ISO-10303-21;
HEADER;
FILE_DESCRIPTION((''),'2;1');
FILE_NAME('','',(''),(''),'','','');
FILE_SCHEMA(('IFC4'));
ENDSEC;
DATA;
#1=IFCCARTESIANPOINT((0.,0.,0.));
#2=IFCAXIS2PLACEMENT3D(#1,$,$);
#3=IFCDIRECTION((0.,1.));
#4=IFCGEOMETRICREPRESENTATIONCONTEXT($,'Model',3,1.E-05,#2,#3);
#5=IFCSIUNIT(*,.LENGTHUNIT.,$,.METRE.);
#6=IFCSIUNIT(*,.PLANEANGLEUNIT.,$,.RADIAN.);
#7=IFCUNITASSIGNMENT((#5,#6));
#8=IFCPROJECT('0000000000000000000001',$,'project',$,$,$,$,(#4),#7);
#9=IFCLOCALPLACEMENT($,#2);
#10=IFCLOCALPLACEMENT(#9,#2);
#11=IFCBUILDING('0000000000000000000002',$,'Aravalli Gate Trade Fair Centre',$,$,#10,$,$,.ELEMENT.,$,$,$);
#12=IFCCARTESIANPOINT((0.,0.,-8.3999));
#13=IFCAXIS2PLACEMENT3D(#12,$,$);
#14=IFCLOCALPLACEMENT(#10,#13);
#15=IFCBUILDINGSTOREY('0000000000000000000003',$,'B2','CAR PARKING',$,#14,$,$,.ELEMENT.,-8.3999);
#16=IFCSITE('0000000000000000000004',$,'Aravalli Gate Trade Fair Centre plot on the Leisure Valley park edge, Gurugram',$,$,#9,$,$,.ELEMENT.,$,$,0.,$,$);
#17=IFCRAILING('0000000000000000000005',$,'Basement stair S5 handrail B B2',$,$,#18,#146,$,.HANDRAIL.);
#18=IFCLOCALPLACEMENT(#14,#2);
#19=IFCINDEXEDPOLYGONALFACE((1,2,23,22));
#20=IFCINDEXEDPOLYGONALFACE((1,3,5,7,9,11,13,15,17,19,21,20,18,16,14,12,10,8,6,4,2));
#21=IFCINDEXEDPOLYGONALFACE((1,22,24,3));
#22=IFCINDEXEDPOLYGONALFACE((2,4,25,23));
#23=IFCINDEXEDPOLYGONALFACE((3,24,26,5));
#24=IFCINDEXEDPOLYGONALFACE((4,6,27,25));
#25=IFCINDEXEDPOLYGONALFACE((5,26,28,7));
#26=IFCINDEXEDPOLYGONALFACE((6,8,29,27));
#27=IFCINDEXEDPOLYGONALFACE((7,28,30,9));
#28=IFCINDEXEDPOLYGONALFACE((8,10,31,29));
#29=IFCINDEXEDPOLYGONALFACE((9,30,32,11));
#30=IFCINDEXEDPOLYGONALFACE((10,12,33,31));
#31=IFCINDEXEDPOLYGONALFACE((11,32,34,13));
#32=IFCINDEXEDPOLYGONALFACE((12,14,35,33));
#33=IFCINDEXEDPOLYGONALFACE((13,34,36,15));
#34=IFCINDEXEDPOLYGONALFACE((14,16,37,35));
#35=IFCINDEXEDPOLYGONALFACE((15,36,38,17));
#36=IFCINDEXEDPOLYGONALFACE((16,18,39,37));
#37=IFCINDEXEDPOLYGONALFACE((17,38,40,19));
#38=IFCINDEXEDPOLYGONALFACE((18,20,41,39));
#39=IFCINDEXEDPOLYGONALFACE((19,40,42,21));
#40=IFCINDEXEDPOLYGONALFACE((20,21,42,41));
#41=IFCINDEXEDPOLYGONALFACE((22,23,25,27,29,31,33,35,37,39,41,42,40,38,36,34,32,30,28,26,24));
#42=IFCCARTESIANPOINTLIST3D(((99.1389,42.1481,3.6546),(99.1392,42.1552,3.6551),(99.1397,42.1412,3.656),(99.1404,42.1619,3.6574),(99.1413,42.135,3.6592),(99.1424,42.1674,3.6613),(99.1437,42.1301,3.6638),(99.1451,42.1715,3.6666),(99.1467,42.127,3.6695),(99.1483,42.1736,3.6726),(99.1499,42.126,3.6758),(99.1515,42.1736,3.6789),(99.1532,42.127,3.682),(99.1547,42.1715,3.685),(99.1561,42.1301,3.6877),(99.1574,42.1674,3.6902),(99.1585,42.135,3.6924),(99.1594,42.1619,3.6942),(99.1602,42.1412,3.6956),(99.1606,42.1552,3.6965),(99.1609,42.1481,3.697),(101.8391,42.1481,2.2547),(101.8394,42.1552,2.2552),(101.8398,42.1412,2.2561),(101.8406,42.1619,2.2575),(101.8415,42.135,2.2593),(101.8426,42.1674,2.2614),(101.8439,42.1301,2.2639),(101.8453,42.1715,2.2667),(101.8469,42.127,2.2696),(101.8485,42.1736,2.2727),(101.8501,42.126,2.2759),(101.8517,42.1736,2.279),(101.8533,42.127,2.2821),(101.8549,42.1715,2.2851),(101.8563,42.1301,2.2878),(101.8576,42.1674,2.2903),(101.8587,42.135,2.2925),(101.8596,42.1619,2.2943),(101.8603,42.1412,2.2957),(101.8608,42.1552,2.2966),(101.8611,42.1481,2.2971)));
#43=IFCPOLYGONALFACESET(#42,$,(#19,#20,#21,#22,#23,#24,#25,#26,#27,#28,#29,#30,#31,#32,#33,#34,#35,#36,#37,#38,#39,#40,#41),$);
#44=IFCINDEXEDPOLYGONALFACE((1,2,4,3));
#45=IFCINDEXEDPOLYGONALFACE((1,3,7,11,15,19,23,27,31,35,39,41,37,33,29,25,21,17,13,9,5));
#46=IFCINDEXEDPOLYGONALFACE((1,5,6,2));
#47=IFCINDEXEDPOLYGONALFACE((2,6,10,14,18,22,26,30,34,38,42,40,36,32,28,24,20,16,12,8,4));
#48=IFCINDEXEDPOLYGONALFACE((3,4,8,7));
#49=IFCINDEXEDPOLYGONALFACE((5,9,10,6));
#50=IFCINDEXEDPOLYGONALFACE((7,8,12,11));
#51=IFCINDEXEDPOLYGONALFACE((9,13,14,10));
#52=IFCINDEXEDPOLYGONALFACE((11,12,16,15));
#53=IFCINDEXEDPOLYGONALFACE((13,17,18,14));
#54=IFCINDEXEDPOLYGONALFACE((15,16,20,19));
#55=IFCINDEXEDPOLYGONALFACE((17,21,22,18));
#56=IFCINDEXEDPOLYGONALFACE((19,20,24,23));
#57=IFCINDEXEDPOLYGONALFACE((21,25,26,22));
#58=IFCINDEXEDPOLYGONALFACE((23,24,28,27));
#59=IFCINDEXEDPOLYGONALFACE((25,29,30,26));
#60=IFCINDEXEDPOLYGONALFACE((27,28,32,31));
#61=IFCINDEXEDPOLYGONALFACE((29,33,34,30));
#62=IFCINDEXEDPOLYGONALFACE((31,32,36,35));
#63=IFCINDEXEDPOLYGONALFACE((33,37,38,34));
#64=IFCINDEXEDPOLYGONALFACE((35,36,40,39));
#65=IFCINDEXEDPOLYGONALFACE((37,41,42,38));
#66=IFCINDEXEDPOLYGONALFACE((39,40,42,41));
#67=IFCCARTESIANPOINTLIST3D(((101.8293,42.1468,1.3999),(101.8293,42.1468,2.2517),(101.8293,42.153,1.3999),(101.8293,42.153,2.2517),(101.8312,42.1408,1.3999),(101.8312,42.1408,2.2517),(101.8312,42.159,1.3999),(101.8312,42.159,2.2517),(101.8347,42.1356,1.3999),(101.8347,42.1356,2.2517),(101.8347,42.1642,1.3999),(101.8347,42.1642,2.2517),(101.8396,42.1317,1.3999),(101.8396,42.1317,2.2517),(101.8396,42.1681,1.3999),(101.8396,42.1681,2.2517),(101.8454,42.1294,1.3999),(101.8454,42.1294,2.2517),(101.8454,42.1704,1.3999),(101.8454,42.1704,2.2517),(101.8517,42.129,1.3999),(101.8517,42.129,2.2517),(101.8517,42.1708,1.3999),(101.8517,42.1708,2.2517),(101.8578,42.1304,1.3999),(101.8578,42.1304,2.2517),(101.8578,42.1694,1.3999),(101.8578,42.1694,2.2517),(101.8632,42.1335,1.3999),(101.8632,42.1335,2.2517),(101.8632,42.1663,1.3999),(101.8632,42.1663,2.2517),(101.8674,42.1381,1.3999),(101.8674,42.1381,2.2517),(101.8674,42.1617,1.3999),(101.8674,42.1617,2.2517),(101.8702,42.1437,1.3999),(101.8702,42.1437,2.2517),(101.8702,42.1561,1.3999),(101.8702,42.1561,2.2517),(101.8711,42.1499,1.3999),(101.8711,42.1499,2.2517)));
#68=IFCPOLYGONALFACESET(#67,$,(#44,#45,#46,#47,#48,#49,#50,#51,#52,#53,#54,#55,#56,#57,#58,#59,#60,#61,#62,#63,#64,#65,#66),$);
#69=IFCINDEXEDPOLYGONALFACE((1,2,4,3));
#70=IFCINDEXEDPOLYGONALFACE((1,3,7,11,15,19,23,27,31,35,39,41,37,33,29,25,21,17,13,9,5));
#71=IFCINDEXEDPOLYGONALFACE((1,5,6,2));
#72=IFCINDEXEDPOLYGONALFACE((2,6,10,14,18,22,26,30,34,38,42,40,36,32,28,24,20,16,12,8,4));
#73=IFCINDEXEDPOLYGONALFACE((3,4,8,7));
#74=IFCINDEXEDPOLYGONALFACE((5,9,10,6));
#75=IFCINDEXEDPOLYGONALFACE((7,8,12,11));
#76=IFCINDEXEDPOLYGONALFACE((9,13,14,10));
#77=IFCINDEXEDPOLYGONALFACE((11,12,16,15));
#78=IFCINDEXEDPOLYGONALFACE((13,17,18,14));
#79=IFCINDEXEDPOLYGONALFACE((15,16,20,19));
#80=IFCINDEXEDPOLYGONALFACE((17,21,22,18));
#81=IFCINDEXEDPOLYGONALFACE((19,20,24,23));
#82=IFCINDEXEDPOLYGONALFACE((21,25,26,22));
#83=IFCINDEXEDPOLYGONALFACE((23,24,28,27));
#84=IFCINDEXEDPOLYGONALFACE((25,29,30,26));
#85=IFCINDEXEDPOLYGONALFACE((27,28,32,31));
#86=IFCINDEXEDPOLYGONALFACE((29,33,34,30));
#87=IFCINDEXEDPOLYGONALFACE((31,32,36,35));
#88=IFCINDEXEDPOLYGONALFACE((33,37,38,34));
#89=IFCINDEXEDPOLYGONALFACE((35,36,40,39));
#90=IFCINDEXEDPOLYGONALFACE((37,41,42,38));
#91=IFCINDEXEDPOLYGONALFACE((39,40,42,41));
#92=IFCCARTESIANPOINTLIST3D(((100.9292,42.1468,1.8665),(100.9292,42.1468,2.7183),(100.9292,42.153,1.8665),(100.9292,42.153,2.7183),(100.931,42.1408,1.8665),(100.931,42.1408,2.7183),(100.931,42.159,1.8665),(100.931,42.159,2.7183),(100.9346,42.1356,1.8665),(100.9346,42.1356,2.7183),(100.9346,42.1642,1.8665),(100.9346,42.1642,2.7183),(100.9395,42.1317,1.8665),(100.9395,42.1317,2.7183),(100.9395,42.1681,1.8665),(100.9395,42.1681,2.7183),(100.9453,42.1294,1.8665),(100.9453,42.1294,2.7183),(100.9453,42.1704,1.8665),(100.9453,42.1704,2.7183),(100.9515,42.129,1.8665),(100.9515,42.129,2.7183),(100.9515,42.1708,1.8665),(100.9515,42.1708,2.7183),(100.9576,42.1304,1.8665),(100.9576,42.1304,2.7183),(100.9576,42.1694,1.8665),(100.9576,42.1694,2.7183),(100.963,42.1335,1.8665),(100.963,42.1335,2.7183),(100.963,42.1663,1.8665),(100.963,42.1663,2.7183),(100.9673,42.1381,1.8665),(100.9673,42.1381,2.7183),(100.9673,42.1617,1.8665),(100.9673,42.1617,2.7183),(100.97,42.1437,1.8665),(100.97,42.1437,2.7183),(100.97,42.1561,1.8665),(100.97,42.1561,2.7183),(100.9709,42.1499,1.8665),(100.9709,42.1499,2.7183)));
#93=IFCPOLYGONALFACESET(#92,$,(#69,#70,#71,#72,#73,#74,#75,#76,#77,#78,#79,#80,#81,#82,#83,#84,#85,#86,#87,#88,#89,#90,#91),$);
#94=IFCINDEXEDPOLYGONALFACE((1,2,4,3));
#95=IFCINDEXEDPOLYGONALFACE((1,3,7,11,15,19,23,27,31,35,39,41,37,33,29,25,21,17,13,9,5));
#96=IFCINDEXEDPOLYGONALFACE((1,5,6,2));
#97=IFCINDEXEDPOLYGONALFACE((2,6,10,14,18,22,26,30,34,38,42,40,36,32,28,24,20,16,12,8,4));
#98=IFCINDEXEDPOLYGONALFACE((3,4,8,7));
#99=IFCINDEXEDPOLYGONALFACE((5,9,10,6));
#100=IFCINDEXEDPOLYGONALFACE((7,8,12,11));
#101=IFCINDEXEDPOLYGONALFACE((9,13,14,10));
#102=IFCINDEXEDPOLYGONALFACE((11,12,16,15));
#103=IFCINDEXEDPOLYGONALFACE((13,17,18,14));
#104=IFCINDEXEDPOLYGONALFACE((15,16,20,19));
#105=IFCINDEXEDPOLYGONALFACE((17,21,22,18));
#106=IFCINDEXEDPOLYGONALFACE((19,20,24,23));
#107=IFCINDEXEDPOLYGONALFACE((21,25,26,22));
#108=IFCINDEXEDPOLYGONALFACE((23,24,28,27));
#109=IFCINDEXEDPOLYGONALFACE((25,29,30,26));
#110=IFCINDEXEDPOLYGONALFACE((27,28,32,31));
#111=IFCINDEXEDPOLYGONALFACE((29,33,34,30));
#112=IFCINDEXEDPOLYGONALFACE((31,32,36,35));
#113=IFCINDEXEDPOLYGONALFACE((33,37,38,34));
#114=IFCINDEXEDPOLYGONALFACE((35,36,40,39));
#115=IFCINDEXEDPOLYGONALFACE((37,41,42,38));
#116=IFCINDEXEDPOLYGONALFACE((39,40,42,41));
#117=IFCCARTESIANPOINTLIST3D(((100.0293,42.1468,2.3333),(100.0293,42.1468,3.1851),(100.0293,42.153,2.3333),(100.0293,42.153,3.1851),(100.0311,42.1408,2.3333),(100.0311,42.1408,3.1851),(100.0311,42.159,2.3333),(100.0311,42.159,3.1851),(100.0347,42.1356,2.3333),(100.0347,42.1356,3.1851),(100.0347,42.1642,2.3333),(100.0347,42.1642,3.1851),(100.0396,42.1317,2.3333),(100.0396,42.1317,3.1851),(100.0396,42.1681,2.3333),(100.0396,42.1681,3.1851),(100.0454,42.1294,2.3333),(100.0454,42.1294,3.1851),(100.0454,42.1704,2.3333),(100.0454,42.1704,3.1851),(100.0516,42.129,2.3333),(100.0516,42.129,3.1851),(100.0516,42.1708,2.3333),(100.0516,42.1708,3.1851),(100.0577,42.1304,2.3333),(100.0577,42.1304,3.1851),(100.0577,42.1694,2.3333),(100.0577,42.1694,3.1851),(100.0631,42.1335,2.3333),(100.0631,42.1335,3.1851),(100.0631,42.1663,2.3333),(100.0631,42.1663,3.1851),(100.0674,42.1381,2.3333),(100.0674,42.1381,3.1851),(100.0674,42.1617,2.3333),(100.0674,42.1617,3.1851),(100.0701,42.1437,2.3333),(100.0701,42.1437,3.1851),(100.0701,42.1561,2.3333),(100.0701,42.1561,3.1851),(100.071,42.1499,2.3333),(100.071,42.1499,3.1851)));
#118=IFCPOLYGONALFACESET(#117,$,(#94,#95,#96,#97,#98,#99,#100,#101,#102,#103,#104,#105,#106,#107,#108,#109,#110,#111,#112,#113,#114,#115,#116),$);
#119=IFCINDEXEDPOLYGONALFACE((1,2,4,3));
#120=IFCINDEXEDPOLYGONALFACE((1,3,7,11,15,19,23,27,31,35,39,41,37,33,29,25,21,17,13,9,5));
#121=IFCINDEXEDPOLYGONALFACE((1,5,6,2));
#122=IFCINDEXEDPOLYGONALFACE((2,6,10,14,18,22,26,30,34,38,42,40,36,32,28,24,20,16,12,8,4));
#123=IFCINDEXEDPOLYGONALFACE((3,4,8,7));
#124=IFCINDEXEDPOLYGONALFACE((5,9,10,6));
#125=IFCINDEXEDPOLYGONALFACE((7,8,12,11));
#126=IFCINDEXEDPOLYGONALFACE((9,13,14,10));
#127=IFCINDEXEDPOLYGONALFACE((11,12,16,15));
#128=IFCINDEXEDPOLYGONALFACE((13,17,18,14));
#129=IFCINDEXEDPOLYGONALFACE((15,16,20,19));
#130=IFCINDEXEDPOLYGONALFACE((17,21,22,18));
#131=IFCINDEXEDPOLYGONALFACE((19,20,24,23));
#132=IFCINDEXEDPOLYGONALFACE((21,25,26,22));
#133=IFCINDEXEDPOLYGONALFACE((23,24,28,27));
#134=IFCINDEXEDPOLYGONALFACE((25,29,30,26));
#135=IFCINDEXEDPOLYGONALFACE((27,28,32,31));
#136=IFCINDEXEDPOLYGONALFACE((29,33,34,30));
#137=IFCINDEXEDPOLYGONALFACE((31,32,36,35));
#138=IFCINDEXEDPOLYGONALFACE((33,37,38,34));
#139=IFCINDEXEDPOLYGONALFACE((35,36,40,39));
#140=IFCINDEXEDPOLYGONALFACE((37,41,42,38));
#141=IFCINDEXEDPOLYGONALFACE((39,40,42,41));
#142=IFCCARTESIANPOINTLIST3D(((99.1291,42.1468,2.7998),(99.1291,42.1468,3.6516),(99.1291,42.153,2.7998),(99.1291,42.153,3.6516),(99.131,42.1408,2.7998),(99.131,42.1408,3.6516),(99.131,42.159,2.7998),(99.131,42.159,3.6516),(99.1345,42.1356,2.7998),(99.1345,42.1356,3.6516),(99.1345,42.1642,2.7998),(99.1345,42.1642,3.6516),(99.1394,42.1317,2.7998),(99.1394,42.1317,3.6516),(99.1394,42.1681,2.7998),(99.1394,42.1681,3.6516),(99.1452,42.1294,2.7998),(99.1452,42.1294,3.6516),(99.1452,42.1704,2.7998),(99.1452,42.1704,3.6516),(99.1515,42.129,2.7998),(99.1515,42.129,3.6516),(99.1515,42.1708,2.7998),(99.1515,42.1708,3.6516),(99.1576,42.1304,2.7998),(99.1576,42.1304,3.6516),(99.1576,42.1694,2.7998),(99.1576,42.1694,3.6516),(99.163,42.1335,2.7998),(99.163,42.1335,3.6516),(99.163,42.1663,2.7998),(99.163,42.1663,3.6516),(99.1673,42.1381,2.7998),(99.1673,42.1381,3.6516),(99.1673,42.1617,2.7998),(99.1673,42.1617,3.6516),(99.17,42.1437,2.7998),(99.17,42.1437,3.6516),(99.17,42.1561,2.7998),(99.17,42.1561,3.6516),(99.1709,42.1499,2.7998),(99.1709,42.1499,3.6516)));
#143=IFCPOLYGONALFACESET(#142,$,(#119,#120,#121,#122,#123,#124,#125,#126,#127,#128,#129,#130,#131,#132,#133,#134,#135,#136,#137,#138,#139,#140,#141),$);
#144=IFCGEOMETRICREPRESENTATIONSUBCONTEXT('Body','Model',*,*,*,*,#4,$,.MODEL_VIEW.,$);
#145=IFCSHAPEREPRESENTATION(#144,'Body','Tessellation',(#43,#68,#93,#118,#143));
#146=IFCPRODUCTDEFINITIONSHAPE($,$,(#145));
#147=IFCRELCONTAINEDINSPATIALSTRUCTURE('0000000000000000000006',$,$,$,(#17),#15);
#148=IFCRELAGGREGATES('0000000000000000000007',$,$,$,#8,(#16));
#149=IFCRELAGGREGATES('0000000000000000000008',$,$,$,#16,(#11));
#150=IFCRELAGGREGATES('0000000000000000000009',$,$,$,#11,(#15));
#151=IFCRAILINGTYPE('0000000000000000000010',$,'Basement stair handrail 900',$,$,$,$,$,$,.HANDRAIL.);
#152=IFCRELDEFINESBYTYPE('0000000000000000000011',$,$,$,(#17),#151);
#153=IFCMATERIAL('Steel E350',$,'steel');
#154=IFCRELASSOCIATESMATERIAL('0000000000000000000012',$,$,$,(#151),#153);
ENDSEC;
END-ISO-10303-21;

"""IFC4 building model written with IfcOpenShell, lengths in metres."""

from ifc_helpers import new_model, si_unit, direction, frame, origin, origin_2d, place, context, subcontext, project, spatial, circle, extrude, material, type_object, element, save


model = new_model("IFC4")

# Units and contexts
model_context = context("Model", 3, precision=1e-05, world=origin(), true_north=direction((0.0, 1.0)))
body_context = subcontext(model_context, "Body", "Model", "MODEL_VIEW")
ifc_project = project(units=[si_unit("LENGTHUNIT", "METRE"), si_unit("PLANEANGLEUNIT", "RADIAN")], contexts=[model_context])

# Site, building, storey
site_placement = place(None, origin())
site = spatial("IfcSite", under=ifc_project, at=site_placement, Name="Aravalli Gate Trade Fair Centre plot on the Leisure Valley park edge, Gurugram", CompositionType="ELEMENT", RefElevation=0.0)
building_placement = place(site_placement, origin())
building = spatial("IfcBuilding", under=site, at=building_placement, Name="Aravalli Gate Trade Fair Centre", CompositionType="ELEMENT")
storey_placement = place(building_placement, frame((0.0, 0.0, -8.3999)))
storey = spatial("IfcBuildingStorey", under=building, at=storey_placement, Name="B2", Description="CAR PARKING", CompositionType="ELEMENT", Elevation=-8.3999)

# Railing
ifc_material_1 = material(Name="Steel E350", Category="steel")
railing_type_1 = type_object("IfcRailingType", Name="Basement stair handrail 900", PredefinedType="HANDRAIL", material=ifc_material_1)
railing_1_placement = place(storey_placement, frame((101.8501, 42.1499, 1.3999)))
element("IfcRailing", 1, at=railing_1_placement, inside=storey, type_object=railing_type_1, Name="Basement stair S5 handrail B B2", PredefinedType="HANDRAIL", context=body_context, shape_type="SweptSolid", body=[
    extrude(circle(Radius=0.0239, at=origin_2d()), frame((0.0, 0.0, 0.876), z_axis=(-0.887781, 0.0, 0.460266), x_axis=(0.0, -1.0, 0.0)), (0.0, 0.0, 1.0), 3.0415),
    extrude(circle(Radius=0.021, at=origin_2d()), origin(), (0.0, 0.0, 1.0), 0.8518),
    extrude(circle(Radius=0.021, at=origin_2d()), frame((-0.9001, 0.0, 0.4666)), (0.0, 0.0, 1.0), 0.8518),
    extrude(circle(Radius=0.021, at=origin_2d()), frame((-1.8, 0.0, 0.9333)), (0.0, 0.0, 1.0), 0.8518),
    extrude(circle(Radius=0.021, at=origin_2d()), frame((-2.7002, 0.0, 1.3999)), (0.0, 0.0, 1.0), 0.8518),
])

save(model, "model.ifc")
